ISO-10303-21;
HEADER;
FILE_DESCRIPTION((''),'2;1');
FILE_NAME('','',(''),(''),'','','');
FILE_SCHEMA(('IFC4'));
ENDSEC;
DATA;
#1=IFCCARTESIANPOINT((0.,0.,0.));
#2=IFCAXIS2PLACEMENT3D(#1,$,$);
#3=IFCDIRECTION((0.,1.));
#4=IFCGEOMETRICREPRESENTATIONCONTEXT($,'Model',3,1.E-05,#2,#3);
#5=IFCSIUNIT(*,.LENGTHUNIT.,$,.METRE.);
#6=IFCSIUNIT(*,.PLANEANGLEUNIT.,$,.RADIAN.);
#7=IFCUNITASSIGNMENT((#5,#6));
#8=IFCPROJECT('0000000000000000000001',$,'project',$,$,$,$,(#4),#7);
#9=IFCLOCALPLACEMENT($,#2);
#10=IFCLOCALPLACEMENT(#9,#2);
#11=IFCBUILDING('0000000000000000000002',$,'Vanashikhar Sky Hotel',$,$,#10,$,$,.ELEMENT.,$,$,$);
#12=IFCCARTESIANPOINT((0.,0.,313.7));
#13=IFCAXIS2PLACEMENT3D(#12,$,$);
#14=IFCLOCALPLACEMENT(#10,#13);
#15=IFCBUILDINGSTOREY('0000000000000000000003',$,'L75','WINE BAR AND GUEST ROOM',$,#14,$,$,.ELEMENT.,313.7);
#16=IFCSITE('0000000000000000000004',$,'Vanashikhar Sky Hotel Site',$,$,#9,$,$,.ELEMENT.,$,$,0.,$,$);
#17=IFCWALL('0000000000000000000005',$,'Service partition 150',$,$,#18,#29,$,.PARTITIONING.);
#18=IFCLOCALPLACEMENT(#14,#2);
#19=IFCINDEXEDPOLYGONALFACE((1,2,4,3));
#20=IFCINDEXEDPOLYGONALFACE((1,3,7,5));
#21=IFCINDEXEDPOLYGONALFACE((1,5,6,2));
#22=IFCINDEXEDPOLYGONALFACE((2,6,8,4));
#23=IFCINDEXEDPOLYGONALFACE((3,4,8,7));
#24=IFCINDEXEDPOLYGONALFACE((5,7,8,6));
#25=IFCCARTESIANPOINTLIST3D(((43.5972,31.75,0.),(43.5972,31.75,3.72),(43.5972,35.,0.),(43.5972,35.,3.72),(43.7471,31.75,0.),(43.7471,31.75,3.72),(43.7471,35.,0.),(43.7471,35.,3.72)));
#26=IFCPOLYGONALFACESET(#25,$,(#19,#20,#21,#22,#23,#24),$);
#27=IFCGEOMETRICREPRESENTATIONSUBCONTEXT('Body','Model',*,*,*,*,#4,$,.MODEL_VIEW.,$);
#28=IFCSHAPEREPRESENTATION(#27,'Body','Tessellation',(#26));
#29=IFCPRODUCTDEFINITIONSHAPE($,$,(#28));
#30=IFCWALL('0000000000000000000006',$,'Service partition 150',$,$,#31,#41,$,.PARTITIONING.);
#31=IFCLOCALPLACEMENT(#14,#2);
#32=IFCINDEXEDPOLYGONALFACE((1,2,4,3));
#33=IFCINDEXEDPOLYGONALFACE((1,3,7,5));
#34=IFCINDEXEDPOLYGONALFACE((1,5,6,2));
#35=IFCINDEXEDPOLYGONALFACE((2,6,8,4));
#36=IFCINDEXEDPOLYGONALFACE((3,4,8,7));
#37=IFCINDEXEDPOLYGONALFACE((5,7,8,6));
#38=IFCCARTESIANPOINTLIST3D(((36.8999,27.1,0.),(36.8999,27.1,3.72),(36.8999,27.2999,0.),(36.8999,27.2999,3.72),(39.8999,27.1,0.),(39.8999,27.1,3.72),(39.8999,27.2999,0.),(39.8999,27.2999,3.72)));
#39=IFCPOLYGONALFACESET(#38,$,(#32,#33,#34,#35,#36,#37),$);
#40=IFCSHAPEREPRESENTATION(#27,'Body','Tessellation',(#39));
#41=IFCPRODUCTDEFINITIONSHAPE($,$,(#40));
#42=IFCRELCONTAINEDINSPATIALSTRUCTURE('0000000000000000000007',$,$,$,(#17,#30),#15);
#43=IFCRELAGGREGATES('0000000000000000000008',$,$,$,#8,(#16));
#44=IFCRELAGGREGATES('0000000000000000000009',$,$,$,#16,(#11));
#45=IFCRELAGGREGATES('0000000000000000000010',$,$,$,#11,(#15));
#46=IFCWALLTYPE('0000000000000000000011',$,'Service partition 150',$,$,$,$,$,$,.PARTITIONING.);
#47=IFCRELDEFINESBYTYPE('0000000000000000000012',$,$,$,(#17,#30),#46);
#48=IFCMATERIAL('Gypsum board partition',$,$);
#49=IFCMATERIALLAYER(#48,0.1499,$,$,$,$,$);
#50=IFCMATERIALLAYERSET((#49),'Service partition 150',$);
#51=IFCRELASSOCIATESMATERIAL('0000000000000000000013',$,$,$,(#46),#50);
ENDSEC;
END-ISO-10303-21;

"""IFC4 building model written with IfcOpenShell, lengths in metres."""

from ifc_helpers import new_model, si_unit, direction, frame, frame_2d, origin, place, context, subcontext, project, spatial, rectangle, extrude, source, transform, mapped, material, layer, layer_set, type_object, element, save


model = new_model("IFC4")

# Units and contexts
model_context = context("Model", 3, precision=1e-05, world=origin(), true_north=direction((0.0, 1.0)))
body_context = subcontext(model_context, "Body", "Model", "MODEL_VIEW")
ifc_project = project(units=[si_unit("LENGTHUNIT", "METRE"), si_unit("PLANEANGLEUNIT", "RADIAN")], contexts=[model_context])

# Site, building, storey
site_placement = place(None, origin())
site = spatial("IfcSite", under=ifc_project, at=site_placement, Name="Vanashikhar Sky Hotel Site", CompositionType="ELEMENT", RefElevation=0.0)
building_placement = place(site_placement, origin())
building = spatial("IfcBuilding", under=site, at=building_placement, Name="Vanashikhar Sky Hotel", CompositionType="ELEMENT")
storey_placement = place(building_placement, frame((0.0, 0.0, 313.7)))
storey = spatial("IfcBuildingStorey", under=building, at=storey_placement, Name="L75", Description="WINE BAR AND GUEST ROOM", CompositionType="ELEMENT", Elevation=313.7)

# Shared definitions
ifc_material_1 = material(Name="Gypsum board partition")
ifc_layer_1 = layer(ifc_material_1, 0.1499)
ifc_layer_set_1 = layer_set([ifc_layer_1], Name="Service partition 150")
wall_type_1 = type_object("IfcWallType", Name="Service partition 150", PredefinedType="PARTITIONING", material=ifc_layer_set_1)

# Walls
shared_shape_1 = source(origin(), body_context, "Body", "SweptSolid", [
    extrude(rectangle(XDim=3.25, YDim=0.1499, at=frame_2d((1.625, 0.0))), origin(), (0.0, 0.0, 1.0), 3.72),
])
wall_1_placement = place(storey_placement, frame((43.6721, 31.75, 0.0), z_axis=(0.0, 0.0, 1.0), x_axis=(0.0, 1.0, 0.0)))
element("IfcWall", 1, at=wall_1_placement, inside=storey, type_object=wall_type_1, Name="Service partition 150", PredefinedType="PARTITIONING", context=body_context, shape_type="MappedRepresentation", body=[
    mapped(shared_shape_1, transform((0.0, 0.0, 0.0), scale=1.0)),
])
shared_shape_2 = source(origin(), body_context, "Body", "SweptSolid", [
    extrude(rectangle(XDim=3.0, YDim=0.2, at=frame_2d((1.5, 0.0))), origin(), (0.0, 0.0, 1.0), 3.72),
])
wall_2_placement = place(storey_placement, frame((36.8999, 27.2, 0.0), z_axis=(0.0, 0.0, 1.0), x_axis=(1.0, 0.0, 0.0)))
element("IfcWall", 2, at=wall_2_placement, inside=storey, type_object=wall_type_1, Name="Service partition 150", PredefinedType="PARTITIONING", context=body_context, shape_type="MappedRepresentation", body=[
    mapped(shared_shape_2, transform((0.0, 0.0, 0.0), scale=1.0)),
])

save(model, "model.ifc")
